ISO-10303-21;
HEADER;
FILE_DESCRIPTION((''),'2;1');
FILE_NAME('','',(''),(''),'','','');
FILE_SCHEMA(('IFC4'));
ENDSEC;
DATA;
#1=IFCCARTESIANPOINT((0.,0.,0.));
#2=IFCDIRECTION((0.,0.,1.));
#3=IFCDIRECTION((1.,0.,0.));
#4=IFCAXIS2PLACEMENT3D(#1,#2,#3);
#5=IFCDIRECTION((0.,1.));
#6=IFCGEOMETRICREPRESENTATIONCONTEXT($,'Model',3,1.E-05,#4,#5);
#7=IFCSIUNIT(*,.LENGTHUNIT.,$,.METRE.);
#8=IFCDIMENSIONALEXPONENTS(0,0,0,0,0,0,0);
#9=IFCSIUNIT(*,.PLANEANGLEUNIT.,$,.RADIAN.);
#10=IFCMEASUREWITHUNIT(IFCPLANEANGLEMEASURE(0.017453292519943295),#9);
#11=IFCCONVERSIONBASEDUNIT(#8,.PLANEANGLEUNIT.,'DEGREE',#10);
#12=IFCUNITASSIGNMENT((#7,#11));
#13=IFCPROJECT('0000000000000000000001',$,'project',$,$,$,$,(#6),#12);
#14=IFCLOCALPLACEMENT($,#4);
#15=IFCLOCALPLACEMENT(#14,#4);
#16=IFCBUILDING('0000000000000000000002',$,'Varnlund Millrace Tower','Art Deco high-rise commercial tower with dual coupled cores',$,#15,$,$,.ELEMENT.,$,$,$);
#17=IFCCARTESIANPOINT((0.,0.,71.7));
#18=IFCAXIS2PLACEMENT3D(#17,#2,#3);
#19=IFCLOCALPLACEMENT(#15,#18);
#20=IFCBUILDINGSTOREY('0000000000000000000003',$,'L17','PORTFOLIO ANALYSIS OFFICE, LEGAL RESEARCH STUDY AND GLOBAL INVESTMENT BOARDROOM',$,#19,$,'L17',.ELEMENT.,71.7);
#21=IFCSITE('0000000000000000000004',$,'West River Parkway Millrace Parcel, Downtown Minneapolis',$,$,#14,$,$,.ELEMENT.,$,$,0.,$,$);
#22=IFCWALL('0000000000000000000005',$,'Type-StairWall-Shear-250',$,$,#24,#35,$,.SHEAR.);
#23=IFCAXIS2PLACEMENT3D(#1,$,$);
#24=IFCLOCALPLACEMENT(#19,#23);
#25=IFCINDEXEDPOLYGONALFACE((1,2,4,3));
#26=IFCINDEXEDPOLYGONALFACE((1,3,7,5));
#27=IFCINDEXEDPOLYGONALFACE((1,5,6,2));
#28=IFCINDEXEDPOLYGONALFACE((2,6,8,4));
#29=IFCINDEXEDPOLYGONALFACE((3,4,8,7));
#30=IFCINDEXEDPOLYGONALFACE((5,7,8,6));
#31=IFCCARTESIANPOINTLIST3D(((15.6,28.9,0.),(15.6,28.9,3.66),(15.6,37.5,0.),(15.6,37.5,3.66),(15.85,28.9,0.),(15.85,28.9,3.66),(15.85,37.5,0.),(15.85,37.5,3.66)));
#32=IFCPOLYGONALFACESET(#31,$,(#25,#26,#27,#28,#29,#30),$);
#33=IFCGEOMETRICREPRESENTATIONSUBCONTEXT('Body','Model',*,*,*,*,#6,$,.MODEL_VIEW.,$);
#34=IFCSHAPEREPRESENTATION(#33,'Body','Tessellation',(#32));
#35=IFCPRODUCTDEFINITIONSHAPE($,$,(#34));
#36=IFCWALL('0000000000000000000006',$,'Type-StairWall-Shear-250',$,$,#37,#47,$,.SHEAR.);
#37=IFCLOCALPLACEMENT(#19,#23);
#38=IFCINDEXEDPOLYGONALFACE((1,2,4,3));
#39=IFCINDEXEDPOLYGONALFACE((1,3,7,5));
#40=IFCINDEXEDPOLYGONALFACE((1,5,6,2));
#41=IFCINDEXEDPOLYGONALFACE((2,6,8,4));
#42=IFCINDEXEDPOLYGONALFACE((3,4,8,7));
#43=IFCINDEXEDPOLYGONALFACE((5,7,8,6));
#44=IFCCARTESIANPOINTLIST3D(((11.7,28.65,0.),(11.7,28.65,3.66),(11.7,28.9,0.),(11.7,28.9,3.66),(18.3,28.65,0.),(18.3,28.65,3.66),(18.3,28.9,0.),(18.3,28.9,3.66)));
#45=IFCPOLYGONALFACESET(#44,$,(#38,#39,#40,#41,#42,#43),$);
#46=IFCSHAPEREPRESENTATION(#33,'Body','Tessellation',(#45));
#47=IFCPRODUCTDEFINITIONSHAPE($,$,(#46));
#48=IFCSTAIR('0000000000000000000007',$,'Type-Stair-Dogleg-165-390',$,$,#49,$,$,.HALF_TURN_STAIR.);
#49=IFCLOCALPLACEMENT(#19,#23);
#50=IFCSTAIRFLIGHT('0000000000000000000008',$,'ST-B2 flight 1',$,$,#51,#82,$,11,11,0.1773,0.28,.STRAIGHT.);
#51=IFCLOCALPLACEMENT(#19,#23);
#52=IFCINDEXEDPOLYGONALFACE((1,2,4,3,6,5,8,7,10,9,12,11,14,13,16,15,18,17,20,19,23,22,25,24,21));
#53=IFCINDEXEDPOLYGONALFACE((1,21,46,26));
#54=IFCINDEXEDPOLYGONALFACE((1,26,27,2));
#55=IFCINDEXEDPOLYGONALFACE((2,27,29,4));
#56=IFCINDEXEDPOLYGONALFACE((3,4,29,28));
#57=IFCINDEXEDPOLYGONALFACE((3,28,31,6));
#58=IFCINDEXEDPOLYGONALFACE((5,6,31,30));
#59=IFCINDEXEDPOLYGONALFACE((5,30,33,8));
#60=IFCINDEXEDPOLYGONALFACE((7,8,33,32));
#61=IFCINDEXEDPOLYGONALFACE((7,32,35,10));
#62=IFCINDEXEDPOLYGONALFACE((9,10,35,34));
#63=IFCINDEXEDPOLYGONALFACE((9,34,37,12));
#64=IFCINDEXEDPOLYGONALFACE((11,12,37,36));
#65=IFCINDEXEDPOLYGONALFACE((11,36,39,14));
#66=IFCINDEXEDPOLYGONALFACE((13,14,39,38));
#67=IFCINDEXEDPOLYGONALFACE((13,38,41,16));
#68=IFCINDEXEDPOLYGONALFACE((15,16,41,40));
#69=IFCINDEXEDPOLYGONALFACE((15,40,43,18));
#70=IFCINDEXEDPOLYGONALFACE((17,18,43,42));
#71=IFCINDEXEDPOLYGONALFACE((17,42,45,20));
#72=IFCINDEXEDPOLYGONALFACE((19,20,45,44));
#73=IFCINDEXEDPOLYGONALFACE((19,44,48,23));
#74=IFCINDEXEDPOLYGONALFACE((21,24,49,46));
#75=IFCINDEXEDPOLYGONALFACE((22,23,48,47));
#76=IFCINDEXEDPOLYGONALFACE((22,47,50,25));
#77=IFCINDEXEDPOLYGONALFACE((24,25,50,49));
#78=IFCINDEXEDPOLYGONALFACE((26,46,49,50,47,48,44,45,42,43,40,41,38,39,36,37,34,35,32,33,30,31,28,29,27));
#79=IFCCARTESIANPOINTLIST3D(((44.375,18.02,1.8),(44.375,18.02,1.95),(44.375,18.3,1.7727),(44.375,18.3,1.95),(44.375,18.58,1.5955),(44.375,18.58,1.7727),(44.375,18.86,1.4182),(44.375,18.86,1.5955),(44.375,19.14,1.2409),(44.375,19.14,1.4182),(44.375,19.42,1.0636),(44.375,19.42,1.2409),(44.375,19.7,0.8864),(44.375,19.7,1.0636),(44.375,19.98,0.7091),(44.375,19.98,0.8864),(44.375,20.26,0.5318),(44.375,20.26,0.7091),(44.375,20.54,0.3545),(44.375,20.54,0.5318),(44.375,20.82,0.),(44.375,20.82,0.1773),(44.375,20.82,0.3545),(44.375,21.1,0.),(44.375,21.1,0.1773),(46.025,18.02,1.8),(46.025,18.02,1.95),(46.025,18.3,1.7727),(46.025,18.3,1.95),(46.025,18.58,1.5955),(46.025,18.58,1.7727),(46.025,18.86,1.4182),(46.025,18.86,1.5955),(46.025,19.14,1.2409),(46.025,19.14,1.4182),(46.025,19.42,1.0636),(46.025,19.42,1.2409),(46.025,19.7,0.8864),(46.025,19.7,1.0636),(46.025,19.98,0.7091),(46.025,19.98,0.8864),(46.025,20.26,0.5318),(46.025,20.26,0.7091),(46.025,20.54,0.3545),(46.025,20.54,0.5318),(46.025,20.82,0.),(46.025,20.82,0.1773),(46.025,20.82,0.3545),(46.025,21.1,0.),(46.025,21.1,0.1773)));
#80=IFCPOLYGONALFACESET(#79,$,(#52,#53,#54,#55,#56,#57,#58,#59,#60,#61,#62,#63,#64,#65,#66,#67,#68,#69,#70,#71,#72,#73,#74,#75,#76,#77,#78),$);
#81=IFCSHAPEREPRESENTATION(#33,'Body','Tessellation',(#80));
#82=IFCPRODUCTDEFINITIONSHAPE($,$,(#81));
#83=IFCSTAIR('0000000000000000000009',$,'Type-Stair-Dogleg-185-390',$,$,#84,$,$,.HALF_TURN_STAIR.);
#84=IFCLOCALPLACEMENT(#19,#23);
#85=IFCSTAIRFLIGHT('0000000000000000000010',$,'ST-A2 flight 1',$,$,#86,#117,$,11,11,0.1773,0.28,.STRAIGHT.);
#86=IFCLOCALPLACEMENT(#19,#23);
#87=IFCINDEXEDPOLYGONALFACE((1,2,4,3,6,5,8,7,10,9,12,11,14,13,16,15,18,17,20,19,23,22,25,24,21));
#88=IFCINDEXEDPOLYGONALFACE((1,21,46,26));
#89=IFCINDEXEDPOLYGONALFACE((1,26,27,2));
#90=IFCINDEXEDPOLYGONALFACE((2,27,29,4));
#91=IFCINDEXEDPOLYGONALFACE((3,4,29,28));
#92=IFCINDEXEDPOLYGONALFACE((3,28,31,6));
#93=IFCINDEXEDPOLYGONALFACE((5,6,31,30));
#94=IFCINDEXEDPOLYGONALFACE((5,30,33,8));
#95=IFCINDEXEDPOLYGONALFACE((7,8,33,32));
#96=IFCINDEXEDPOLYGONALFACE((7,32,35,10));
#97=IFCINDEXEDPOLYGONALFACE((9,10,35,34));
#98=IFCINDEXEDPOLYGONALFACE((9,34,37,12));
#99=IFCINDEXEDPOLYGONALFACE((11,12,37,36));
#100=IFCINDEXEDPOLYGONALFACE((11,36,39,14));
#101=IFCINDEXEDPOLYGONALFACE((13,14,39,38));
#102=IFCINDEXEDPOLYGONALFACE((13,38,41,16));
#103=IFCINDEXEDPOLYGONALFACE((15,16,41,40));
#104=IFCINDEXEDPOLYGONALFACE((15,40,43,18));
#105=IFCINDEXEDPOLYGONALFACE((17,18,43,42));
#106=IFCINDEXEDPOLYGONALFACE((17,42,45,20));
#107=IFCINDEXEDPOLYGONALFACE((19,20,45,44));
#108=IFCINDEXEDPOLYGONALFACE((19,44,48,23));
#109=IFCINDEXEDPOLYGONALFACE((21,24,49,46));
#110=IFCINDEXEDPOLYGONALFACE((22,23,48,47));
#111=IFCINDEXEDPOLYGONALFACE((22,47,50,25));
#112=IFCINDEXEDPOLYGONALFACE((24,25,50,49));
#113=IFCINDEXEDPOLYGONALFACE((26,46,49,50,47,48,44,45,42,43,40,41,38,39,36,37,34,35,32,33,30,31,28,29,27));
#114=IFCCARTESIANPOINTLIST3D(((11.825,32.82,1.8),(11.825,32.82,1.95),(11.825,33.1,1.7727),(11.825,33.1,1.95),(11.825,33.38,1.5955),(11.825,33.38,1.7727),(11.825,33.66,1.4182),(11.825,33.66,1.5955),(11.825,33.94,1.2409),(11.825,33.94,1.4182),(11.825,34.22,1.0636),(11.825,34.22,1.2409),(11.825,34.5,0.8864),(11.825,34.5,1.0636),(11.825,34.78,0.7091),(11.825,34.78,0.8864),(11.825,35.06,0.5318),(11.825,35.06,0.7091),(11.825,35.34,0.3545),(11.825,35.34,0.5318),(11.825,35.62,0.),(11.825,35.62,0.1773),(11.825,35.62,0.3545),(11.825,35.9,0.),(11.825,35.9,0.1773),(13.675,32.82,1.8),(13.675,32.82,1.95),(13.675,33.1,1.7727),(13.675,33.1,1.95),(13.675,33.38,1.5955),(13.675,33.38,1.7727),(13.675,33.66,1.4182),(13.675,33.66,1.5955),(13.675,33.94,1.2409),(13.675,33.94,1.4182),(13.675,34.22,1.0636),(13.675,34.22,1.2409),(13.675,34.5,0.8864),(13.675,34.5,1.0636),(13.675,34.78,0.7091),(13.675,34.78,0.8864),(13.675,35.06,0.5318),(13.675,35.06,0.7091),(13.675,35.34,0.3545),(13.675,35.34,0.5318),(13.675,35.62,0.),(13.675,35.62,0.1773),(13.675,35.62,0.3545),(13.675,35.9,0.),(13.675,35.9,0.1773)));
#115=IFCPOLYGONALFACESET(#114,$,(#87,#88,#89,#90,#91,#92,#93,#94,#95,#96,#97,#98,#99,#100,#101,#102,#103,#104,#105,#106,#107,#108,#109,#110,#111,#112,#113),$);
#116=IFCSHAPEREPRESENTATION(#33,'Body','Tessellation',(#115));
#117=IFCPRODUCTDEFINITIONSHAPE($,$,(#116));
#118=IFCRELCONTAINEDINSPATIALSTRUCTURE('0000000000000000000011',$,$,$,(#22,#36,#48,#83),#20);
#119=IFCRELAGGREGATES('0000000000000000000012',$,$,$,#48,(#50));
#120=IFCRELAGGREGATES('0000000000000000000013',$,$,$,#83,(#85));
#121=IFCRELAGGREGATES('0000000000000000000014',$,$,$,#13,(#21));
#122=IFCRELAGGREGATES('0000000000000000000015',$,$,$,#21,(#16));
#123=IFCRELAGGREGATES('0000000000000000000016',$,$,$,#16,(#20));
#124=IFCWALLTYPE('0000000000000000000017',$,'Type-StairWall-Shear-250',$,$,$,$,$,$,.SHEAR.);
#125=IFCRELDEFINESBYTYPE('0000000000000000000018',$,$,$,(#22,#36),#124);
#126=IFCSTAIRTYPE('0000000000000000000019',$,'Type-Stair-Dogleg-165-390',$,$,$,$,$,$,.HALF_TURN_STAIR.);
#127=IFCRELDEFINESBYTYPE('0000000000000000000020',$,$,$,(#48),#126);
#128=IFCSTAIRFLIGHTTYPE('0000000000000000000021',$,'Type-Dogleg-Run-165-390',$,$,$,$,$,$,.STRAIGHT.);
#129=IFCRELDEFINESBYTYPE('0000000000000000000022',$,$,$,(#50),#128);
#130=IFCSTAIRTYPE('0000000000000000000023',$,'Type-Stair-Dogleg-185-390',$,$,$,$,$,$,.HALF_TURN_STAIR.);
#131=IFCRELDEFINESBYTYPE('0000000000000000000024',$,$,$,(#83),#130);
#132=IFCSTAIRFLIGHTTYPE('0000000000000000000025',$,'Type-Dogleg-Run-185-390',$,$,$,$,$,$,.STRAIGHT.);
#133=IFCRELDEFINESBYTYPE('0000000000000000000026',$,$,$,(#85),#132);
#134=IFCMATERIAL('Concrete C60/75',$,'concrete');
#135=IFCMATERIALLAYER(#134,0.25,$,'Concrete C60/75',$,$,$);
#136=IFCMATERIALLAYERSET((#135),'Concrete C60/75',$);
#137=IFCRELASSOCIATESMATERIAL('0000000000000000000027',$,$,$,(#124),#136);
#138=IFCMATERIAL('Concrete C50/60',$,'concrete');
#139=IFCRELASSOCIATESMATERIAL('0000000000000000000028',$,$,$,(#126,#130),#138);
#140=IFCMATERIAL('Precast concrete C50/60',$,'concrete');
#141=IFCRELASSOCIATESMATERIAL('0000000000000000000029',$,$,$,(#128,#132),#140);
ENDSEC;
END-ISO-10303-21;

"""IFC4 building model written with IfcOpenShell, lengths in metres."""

from ifc_helpers import new_model, entity, si_unit, converted_unit, direction, frame, origin_with_axes, place, context, subcontext, project, spatial, polyline, outline, extrude, material, layer, layer_set, type_object, element, aggregate, save


model = new_model("IFC4")

# Units and contexts
model_context = context("Model", 3, precision=1e-05, world=origin_with_axes(), true_north=direction((0.0, 1.0)))
body_context = subcontext(model_context, "Body", "Model", "MODEL_VIEW")
ifc_project = project(units=[si_unit("LENGTHUNIT", "METRE"), converted_unit("PLANEANGLEUNIT", "DEGREE", entity("IfcPlaneAngleMeasure", 0.017453292519943295), si_unit("PLANEANGLEUNIT", "RADIAN"), dimensions=[0, 0, 0, 0, 0, 0, 0])], contexts=[model_context])

# Site, building, storey
site_placement = place(None, origin_with_axes())
site = spatial("IfcSite", under=ifc_project, at=site_placement, Name="West River Parkway Millrace Parcel, Downtown Minneapolis", CompositionType="ELEMENT", RefElevation=0.0)
building_placement = place(site_placement, origin_with_axes())
building = spatial("IfcBuilding", under=site, at=building_placement, Name="Varnlund Millrace Tower", Description="Art Deco high-rise commercial tower with dual coupled cores", CompositionType="ELEMENT")
storey_placement = place(building_placement, frame((0.0, 0.0, 71.7), z_axis=(0.0, 0.0, 1.0), x_axis=(1.0, 0.0, 0.0)))
storey = spatial("IfcBuildingStorey", under=building, at=storey_placement, Name="L17", Description="PORTFOLIO ANALYSIS OFFICE, LEGAL RESEARCH STUDY AND GLOBAL INVESTMENT BOARDROOM", LongName="L17", CompositionType="ELEMENT", Elevation=71.7)

# Shared definitions
ifc_material_1 = material(Name="Concrete C60/75", Category="concrete")
ifc_layer_1 = layer(ifc_material_1, 0.25, Name="Concrete C60/75")
ifc_layer_set_1 = layer_set([ifc_layer_1], Name="Concrete C60/75")

# Walls
wall_type_1 = type_object("IfcWallType", Name="Type-StairWall-Shear-250", PredefinedType="SHEAR", material=ifc_layer_set_1)
wall_1_placement = place(storey_placement, frame((15.725, 28.9, 0.0), z_axis=(0.0, 0.0, 1.0), x_axis=(0.0, 1.0, 0.0)))
element("IfcWall", 1, at=wall_1_placement, inside=storey, type_object=wall_type_1, Name="Type-StairWall-Shear-250", PredefinedType="SHEAR", context=body_context, shape_type="SweptSolid", body=[
    extrude(outline(polyline([(0.0, -0.125), (8.6, -0.125), (8.6, 0.125), (0.0, 0.125), (0.0, -0.125)])), origin_with_axes(), (0.0, 0.0, 1.0), 3.66),
])
wall_2_placement = place(storey_placement, frame((11.7, 28.775, 0.0), z_axis=(0.0, 0.0, 1.0), x_axis=(1.0, 0.0, 0.0)))
element("IfcWall", 2, at=wall_2_placement, inside=storey, type_object=wall_type_1, Name="Type-StairWall-Shear-250", PredefinedType="SHEAR", context=body_context, shape_type="SweptSolid", body=[
    extrude(outline(polyline([(0.0, -0.125), (6.6, -0.125), (6.6, 0.125), (0.0, 0.125), (0.0, -0.125)])), origin_with_axes(), (0.0, 0.0, 1.0), 3.66),
])

# Stairs, stair flights
ifc_material_2 = material(Name="Concrete C50/60", Category="concrete")
stair_type_1 = type_object("IfcStairType", Name="Type-Stair-Dogleg-165-390", PredefinedType="HALF_TURN_STAIR", material=ifc_material_2)
stair_1_placement = place(storey_placement, origin_with_axes())
stair_1 = element("IfcStair", 3, at=stair_1_placement, inside=storey, type_object=stair_type_1, Name="Type-Stair-Dogleg-165-390", PredefinedType="HALF_TURN_STAIR")
ifc_material_3 = material(Name="Precast concrete C50/60", Category="concrete")
stair_flight_type_1 = type_object("IfcStairFlightType", Name="Type-Dogleg-Run-165-390", PredefinedType="STRAIGHT", material=ifc_material_3)
stair_flight_1_placement = place(storey_placement, frame((46.025, 21.1, 0.0), z_axis=(-1.0, 0.0, 0.0), x_axis=(0.0, -1.0, 0.0)))
stair_flight_1 = element("IfcStairFlight", 4, at=stair_flight_1_placement, type_object=stair_flight_type_1, Name="ST-B2 flight 1", NumberOfRisers=11, NumberOfTreads=11, PredefinedType="STRAIGHT", RiserHeight=0.1773, TreadLength=0.28, context=body_context, shape_type="SweptSolid", body=[
    extrude(outline(polyline([(0.0, 0.0), (0.0, 0.1773), (0.28, 0.1773), (0.28, 0.3545), (0.56, 0.3545), (0.56, 0.5318), (0.84, 0.5318), (0.84, 0.7091), (1.12, 0.7091), (1.12, 0.8864), (1.4, 0.8864), (1.4, 1.0636), (1.68, 1.0636), (1.68, 1.2409), (1.96, 1.2409), (1.96, 1.4182), (2.24, 1.4182), (2.24, 1.5955), (2.52, 1.5955), (2.52, 1.7727), (2.8, 1.7727), (2.8, 1.95), (3.08, 1.95), (3.08, 1.8), (0.28, 0.0), (0.0, 0.0)])), origin_with_axes(), (0.0, 0.0, 1.0), 1.65),
])
aggregate(stair_1, [stair_flight_1])
stair_type_2 = type_object("IfcStairType", Name="Type-Stair-Dogleg-185-390", PredefinedType="HALF_TURN_STAIR", material=ifc_material_2)
stair_2_placement = place(storey_placement, origin_with_axes())
stair_2 = element("IfcStair", 5, at=stair_2_placement, inside=storey, type_object=stair_type_2, Name="Type-Stair-Dogleg-185-390", PredefinedType="HALF_TURN_STAIR")
stair_flight_type_2 = type_object("IfcStairFlightType", Name="Type-Dogleg-Run-185-390", PredefinedType="STRAIGHT", material=ifc_material_3)
stair_flight_2_placement = place(storey_placement, frame((13.675, 35.9, 0.0), z_axis=(-1.0, 0.0, 0.0), x_axis=(0.0, -1.0, 0.0)))
stair_flight_2 = element("IfcStairFlight", 6, at=stair_flight_2_placement, type_object=stair_flight_type_2, Name="ST-A2 flight 1", NumberOfRisers=11, NumberOfTreads=11, PredefinedType="STRAIGHT", RiserHeight=0.1773, TreadLength=0.28, context=body_context, shape_type="SweptSolid", body=[
    extrude(outline(polyline([(0.0, 0.0), (0.0, 0.1773), (0.28, 0.1773), (0.28, 0.3545), (0.56, 0.3545), (0.56, 0.5318), (0.84, 0.5318), (0.84, 0.7091), (1.12, 0.7091), (1.12, 0.8864), (1.4, 0.8864), (1.4, 1.0636), (1.68, 1.0636), (1.68, 1.2409), (1.96, 1.2409), (1.96, 1.4182), (2.24, 1.4182), (2.24, 1.5955), (2.52, 1.5955), (2.52, 1.7727), (2.8, 1.7727), (2.8, 1.95), (3.08, 1.95), (3.08, 1.8), (0.28, 0.0), (0.0, 0.0)])), origin_with_axes(), (0.0, 0.0, 1.0), 1.85),
])
aggregate(stair_2, [stair_flight_2])

save(model, "model.ifc")
